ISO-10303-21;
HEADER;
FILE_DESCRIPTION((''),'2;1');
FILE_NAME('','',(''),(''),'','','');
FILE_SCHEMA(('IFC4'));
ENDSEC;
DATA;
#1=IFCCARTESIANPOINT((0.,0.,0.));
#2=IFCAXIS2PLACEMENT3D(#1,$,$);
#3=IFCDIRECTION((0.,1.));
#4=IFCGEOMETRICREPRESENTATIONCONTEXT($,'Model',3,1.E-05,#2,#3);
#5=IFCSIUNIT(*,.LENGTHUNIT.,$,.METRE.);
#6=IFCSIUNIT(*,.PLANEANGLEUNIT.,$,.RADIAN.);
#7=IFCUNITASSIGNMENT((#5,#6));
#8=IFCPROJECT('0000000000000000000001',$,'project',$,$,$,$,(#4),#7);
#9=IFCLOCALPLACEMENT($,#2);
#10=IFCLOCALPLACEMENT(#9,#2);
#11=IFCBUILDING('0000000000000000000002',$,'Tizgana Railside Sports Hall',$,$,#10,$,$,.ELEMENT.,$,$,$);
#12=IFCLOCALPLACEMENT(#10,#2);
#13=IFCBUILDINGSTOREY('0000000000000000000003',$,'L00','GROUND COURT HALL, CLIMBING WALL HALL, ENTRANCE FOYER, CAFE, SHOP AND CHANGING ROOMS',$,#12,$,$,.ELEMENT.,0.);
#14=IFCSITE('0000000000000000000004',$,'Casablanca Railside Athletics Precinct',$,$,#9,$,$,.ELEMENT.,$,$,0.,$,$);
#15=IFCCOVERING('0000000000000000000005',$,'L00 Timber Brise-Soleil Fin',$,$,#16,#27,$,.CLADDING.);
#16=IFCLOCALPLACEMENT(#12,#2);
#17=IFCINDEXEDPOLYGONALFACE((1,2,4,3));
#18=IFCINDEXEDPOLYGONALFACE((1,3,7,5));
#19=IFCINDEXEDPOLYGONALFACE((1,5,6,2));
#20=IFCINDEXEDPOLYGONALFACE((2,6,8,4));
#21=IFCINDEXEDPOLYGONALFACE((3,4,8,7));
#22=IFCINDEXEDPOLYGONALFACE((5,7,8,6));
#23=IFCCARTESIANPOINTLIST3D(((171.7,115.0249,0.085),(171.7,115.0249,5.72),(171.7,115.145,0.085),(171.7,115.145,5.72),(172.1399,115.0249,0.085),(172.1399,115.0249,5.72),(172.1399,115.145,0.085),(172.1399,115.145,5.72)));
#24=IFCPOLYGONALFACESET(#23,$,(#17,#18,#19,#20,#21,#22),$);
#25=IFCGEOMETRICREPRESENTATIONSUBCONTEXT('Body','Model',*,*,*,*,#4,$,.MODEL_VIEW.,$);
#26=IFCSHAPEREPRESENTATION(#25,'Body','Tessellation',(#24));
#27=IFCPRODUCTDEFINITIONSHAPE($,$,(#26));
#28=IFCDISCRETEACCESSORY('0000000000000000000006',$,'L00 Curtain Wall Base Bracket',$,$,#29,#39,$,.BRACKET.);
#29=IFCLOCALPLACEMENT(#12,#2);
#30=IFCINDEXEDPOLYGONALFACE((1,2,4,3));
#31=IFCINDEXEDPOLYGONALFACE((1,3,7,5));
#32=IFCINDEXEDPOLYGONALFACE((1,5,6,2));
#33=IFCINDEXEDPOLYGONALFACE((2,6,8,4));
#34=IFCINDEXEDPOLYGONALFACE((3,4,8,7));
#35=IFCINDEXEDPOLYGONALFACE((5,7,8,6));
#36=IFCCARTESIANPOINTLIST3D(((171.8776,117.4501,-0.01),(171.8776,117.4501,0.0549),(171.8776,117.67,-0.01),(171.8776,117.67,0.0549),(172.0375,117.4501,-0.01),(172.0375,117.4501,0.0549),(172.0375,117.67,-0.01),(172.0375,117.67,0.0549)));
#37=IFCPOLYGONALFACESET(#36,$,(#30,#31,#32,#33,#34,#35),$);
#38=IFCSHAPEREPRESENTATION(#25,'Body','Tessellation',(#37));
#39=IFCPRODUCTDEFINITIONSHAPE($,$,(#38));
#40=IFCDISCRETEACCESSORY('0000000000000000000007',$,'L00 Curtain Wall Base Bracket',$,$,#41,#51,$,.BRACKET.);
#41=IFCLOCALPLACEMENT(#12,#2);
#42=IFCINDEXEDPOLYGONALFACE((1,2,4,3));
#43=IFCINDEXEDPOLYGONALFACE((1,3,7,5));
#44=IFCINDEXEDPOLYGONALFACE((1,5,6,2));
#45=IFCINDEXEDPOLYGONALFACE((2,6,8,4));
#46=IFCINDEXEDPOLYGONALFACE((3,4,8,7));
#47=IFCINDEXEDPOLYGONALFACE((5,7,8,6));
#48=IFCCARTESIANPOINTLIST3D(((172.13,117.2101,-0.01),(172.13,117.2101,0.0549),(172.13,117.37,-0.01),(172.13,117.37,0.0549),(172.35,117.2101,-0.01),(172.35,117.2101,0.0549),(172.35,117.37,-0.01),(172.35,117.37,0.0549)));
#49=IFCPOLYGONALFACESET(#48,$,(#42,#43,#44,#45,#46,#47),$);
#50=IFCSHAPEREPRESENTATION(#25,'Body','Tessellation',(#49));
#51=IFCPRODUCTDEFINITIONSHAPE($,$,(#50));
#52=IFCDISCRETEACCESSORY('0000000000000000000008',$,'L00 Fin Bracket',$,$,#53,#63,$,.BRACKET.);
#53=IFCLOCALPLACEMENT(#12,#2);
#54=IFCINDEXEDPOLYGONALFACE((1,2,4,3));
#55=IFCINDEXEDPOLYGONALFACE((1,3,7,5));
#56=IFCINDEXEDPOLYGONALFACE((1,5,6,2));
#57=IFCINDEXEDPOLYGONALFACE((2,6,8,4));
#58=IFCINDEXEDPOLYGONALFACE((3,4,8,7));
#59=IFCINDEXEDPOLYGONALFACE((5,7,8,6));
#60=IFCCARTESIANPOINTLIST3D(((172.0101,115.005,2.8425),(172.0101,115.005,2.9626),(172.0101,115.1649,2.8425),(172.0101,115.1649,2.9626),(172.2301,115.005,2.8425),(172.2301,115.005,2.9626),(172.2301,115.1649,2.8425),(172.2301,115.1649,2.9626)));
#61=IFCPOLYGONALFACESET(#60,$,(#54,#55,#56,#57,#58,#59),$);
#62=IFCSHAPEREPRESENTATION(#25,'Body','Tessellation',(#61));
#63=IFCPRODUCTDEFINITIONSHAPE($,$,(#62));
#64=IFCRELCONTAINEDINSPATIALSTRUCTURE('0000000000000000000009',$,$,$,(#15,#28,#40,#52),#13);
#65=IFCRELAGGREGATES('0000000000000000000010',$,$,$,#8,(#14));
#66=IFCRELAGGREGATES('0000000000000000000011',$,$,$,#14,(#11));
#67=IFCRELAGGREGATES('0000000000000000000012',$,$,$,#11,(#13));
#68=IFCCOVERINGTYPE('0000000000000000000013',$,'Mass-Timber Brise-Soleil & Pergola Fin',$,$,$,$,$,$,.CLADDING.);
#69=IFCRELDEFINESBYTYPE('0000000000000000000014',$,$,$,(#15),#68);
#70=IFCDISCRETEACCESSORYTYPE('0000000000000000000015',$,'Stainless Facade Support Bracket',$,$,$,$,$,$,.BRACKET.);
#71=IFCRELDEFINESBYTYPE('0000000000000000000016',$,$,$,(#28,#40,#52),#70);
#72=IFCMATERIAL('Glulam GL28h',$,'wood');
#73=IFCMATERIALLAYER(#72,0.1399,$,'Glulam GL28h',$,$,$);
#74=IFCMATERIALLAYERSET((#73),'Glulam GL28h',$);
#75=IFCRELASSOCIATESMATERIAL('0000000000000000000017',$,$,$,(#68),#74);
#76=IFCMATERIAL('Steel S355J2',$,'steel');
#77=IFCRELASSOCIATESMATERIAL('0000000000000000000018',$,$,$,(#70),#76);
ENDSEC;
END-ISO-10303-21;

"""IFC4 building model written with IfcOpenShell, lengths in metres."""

from ifc_helpers import new_model, si_unit, direction, frame, origin, origin_2d, place, context, subcontext, project, spatial, rectangle, extrude, material, layer, layer_set, type_object, element, save


model = new_model("IFC4")

# Units and contexts
model_context = context("Model", 3, precision=1e-05, world=origin(), true_north=direction((0.0, 1.0)))
body_context = subcontext(model_context, "Body", "Model", "MODEL_VIEW")
ifc_project = project(units=[si_unit("LENGTHUNIT", "METRE"), si_unit("PLANEANGLEUNIT", "RADIAN")], contexts=[model_context])

# Site, building, storey
site_placement = place(None, origin())
site = spatial("IfcSite", under=ifc_project, at=site_placement, Name="Casablanca Railside Athletics Precinct", CompositionType="ELEMENT", RefElevation=0.0)
building_placement = place(site_placement, origin())
building = spatial("IfcBuilding", under=site, at=building_placement, Name="Tizgana Railside Sports Hall", CompositionType="ELEMENT")
storey_placement = place(building_placement, origin())
storey = spatial("IfcBuildingStorey", under=building, at=storey_placement, Name="L00", Description="GROUND COURT HALL, CLIMBING WALL HALL, ENTRANCE FOYER, CAFE, SHOP AND CHANGING ROOMS", CompositionType="ELEMENT", Elevation=0.0)

# Shared definitions
ifc_material_1 = material(Name="Steel S355J2", Category="steel")

# Covering
ifc_material_2 = material(Name="Glulam GL28h", Category="wood")
ifc_layer_1 = layer(ifc_material_2, 0.1399, Name="Glulam GL28h")
ifc_layer_set_1 = layer_set([ifc_layer_1], Name="Glulam GL28h")
covering_type = type_object("IfcCoveringType", Name="Mass-Timber Brise-Soleil & Pergola Fin", PredefinedType="CLADDING", material=ifc_layer_set_1)
covering_placement = place(storey_placement, frame((171.9199, 115.085, 0.085), z_axis=(0.0, 0.0, 1.0), x_axis=(0.0, 1.0, 0.0)))
element("IfcCovering", 1, at=covering_placement, inside=storey, type_object=covering_type, Name="L00 Timber Brise-Soleil Fin", PredefinedType="CLADDING", context=body_context, shape_type="SweptSolid", body=[
    extrude(rectangle(XDim=0.1201, YDim=0.4399, at=origin_2d()), origin(), (0.0, 0.0, 1.0), 5.635),
])

# Discrete accessories
discrete_accessory_type = type_object("IfcDiscreteAccessoryType", Name="Stainless Facade Support Bracket", PredefinedType="BRACKET", material=ifc_material_1)
for number, where, z_axis, x_axis, name in (
    (2, (171.9575, 117.5601, -0.01), (0.0, 0.0, 1.0), (1.0, 0.0, 0.0), "L00 Curtain Wall Base Bracket"),
    (3, (172.24, 117.29, -0.01), (0.0, 0.0, 1.0), (0.0, 1.0, 0.0), "L00 Curtain Wall Base Bracket"),
):
    element("IfcDiscreteAccessory", number, at=place(storey_placement, frame(where, z_axis=z_axis, x_axis=x_axis)), inside=storey, type_object=discrete_accessory_type, Name=name, PredefinedType="BRACKET", context=body_context, shape_type="SweptSolid", body=[
        extrude(rectangle(XDim=0.1599, YDim=0.22, at=origin_2d()), origin(), (0.0, 0.0, 1.0), 0.0649),
    ])
discrete_accessory_placement = place(storey_placement, frame((172.1201, 115.085, 2.8425), z_axis=(0.0, 0.0, 1.0), x_axis=(0.0, 1.0, 0.0)))
element("IfcDiscreteAccessory", 4, at=discrete_accessory_placement, inside=storey, type_object=discrete_accessory_type, Name="L00 Fin Bracket", PredefinedType="BRACKET", context=body_context, shape_type="SweptSolid", body=[
    extrude(rectangle(XDim=0.1599, YDim=0.22, at=origin_2d()), origin(), (0.0, 0.0, 1.0), 0.1201),
])

save(model, "model.ifc")
